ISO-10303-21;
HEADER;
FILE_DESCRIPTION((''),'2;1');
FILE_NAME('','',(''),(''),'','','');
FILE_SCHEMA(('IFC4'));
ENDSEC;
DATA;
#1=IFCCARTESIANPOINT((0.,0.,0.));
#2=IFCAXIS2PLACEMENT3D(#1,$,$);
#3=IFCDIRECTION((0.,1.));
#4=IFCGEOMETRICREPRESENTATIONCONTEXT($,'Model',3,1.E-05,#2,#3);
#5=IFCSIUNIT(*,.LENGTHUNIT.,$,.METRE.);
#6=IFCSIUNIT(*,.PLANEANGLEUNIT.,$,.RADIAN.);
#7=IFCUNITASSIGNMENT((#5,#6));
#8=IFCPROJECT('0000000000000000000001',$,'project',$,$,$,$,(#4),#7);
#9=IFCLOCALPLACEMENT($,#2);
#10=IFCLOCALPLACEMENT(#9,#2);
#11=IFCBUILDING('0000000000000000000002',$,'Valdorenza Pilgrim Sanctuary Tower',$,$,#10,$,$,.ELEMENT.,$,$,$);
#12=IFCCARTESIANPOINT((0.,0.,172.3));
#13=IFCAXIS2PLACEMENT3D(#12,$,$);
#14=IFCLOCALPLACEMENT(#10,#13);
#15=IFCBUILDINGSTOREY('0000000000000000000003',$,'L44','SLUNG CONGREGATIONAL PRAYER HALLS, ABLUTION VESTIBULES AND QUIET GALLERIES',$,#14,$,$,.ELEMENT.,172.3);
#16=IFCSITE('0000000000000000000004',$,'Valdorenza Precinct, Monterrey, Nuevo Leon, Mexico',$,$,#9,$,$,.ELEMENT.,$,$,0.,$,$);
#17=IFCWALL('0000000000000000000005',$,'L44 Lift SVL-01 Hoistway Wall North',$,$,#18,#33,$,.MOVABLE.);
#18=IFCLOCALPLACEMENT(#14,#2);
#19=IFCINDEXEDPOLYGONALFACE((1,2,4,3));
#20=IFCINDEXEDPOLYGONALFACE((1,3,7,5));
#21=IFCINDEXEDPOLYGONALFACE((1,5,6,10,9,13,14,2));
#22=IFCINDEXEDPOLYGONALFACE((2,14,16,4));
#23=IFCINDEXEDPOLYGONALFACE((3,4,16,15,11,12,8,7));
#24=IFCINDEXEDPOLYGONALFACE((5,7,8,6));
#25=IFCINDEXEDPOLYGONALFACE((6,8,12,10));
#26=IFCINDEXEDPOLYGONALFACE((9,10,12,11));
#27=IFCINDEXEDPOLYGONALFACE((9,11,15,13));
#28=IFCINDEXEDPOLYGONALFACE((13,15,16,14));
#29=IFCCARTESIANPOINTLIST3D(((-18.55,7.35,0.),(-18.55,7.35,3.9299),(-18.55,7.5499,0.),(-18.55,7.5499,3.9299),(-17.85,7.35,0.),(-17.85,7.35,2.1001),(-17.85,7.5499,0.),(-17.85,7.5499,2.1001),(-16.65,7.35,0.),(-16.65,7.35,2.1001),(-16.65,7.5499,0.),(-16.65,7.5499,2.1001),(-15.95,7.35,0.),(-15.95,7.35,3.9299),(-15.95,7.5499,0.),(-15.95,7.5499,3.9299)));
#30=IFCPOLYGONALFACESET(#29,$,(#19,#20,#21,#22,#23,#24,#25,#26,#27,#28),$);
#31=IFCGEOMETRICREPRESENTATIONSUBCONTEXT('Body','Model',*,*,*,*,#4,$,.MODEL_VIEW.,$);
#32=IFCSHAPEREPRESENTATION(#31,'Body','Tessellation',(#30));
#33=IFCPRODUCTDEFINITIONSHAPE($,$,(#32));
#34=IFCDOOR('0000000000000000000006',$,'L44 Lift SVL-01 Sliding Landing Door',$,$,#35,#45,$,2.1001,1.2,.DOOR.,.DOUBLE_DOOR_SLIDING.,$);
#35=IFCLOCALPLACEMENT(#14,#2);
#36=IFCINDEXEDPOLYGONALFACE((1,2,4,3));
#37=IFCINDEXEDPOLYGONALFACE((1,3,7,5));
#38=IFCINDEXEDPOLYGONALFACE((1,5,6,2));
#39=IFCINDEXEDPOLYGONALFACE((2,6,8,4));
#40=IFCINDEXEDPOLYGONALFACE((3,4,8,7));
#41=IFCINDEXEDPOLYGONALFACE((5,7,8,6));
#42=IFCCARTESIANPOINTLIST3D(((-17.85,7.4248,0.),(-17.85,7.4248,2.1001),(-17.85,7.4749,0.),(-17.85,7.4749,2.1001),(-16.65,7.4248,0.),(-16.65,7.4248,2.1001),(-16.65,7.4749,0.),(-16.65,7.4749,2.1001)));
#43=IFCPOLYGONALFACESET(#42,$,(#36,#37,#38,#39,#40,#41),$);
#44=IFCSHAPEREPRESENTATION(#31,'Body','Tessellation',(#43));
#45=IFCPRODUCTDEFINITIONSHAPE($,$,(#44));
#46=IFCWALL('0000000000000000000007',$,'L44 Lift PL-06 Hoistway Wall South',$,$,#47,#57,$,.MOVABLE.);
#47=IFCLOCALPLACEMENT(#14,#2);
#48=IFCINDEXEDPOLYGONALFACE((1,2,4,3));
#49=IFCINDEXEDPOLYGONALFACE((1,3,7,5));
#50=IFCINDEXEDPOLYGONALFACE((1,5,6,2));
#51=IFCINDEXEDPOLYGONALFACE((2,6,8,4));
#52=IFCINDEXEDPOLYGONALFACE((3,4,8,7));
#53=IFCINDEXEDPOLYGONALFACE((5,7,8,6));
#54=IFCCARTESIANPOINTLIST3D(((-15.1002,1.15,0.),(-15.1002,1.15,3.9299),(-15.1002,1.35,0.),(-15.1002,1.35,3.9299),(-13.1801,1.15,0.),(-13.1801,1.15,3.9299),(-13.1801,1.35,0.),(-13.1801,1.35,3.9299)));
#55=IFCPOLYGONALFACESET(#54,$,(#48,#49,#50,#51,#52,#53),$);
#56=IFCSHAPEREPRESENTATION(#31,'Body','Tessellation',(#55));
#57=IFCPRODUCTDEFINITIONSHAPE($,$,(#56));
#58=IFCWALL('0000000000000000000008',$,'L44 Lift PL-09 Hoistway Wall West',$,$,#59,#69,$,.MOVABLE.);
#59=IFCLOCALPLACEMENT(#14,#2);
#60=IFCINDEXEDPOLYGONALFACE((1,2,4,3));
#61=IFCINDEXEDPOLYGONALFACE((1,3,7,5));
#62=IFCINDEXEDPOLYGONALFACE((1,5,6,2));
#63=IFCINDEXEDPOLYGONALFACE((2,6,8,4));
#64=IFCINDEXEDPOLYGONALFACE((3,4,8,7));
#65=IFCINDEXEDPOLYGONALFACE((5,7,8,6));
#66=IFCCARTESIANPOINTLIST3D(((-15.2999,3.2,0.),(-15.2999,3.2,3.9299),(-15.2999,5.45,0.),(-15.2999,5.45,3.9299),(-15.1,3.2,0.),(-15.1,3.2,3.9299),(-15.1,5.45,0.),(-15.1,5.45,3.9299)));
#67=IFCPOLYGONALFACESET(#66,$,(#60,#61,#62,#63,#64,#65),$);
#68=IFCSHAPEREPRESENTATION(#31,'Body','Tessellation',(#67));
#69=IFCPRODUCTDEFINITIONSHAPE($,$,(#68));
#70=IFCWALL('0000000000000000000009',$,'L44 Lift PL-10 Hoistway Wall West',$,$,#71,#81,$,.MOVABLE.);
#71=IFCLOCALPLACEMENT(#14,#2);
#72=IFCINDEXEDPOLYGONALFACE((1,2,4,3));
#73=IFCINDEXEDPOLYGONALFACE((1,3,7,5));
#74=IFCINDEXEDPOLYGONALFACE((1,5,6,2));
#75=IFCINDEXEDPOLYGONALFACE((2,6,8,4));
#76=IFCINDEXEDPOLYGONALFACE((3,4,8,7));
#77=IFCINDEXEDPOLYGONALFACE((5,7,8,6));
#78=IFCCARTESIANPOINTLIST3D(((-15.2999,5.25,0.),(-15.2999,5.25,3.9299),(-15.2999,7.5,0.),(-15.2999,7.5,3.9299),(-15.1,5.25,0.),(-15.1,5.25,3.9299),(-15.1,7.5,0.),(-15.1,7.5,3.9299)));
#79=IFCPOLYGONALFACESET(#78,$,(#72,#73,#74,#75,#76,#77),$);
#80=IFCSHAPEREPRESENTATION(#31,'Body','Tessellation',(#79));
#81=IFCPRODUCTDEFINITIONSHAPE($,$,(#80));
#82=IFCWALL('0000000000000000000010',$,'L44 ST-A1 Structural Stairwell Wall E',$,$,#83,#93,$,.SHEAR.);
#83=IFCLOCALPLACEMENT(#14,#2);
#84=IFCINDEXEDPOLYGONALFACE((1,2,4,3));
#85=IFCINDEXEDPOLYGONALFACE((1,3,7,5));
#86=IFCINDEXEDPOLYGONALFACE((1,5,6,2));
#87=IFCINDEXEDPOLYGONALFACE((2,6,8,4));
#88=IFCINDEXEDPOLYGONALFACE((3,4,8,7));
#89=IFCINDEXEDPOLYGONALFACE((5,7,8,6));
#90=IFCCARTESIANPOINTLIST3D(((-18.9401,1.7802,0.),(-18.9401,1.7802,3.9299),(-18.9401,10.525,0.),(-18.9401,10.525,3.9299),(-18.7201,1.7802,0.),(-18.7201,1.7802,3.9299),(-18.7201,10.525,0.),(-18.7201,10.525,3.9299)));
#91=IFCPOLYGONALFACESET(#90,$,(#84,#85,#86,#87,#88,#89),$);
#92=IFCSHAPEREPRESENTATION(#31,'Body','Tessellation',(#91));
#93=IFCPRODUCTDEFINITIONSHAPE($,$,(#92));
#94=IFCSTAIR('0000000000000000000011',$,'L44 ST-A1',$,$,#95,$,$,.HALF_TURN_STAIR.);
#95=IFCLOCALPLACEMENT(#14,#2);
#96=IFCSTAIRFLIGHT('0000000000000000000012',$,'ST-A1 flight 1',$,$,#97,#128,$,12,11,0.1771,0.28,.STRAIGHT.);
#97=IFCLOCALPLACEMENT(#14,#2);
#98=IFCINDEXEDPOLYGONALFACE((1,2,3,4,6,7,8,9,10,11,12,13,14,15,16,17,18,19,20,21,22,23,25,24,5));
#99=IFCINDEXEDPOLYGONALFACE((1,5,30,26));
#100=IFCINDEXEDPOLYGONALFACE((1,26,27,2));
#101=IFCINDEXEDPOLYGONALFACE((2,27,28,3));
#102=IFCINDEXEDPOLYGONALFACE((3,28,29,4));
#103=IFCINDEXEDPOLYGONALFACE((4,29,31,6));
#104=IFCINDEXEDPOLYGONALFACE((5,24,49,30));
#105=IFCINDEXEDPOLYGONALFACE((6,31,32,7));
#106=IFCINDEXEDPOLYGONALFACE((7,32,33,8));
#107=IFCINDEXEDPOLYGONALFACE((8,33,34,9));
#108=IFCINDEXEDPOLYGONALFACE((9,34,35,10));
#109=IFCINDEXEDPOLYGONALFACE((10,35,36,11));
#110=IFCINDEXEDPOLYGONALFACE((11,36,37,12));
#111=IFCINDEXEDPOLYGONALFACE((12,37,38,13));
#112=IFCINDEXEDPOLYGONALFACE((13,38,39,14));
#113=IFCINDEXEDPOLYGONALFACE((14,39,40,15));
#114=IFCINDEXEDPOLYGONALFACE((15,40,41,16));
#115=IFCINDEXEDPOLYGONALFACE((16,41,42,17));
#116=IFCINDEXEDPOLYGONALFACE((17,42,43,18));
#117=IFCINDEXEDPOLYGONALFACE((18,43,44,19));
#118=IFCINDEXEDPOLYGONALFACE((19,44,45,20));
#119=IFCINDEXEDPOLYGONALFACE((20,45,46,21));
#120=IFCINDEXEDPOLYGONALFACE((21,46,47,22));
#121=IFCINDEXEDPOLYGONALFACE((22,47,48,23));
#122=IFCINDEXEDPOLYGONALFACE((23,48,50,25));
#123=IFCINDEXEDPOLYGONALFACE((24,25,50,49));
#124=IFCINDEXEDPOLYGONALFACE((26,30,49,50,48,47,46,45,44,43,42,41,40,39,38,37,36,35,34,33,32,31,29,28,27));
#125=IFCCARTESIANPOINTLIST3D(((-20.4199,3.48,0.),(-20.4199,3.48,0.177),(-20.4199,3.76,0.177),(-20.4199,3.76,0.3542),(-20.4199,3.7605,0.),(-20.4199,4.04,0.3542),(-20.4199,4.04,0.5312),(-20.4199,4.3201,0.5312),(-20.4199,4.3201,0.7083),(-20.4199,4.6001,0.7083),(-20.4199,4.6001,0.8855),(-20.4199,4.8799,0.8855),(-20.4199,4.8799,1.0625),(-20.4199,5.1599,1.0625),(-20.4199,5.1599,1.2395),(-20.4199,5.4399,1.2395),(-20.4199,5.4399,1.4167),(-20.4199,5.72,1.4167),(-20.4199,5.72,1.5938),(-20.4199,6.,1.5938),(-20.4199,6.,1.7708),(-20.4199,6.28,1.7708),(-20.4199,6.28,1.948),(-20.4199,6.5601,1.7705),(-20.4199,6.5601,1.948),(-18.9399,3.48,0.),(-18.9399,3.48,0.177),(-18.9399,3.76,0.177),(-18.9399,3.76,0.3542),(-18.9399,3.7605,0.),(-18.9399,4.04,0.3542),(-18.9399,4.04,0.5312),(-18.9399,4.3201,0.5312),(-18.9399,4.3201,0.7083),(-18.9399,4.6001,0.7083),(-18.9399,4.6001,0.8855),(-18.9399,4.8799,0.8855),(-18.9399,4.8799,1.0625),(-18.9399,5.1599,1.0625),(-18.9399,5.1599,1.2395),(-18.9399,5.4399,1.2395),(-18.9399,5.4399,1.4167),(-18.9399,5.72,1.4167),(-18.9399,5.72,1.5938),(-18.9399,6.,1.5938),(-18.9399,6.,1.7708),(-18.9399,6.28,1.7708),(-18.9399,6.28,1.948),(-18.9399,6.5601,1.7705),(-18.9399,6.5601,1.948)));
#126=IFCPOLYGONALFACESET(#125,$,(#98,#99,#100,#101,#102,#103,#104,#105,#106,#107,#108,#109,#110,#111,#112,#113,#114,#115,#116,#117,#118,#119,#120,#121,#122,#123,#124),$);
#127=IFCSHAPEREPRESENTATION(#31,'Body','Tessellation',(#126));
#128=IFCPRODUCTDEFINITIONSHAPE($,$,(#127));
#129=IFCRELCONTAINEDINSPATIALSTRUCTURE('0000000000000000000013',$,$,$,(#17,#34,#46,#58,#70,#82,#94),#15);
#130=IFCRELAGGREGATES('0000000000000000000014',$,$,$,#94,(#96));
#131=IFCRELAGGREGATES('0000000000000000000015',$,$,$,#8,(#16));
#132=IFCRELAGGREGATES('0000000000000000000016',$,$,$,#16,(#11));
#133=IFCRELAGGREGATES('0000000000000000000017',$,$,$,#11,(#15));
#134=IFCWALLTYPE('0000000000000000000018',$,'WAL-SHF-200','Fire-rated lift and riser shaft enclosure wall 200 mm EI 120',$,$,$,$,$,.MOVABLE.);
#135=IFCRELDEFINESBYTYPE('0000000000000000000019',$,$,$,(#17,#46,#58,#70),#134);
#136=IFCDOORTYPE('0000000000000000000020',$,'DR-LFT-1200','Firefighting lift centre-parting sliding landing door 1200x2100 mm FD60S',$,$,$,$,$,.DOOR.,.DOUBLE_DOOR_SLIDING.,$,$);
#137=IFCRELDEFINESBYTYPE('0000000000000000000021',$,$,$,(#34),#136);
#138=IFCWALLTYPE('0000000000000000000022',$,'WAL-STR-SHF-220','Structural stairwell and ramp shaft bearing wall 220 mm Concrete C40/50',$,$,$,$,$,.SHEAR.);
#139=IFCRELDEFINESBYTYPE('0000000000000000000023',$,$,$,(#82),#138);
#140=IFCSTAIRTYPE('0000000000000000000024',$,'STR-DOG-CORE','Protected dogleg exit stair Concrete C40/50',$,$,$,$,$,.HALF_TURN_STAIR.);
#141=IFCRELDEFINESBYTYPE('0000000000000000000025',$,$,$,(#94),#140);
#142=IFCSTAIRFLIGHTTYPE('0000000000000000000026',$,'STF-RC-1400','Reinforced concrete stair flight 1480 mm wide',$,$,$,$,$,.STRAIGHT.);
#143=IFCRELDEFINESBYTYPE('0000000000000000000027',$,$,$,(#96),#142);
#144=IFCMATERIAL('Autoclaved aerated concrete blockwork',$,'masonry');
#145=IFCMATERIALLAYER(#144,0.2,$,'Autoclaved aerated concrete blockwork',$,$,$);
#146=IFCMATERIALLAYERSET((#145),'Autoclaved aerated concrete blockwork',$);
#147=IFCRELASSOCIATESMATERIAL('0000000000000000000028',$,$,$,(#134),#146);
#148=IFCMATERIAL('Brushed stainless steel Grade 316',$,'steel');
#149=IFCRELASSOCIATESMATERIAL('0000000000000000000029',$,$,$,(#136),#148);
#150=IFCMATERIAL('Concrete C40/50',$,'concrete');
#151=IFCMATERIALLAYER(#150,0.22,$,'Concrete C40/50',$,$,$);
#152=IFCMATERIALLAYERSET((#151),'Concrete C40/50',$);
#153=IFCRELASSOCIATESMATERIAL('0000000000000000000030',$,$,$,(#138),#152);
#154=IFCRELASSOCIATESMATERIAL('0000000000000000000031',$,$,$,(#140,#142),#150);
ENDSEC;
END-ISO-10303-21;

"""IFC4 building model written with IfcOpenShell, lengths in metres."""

from ifc_helpers import new_model, si_unit, direction, frame, frame_2d, origin, place, context, subcontext, project, spatial, polyline, rectangle, outline, extrude, material, layer, layer_set, type_object, element, fill, aggregate, save


model = new_model("IFC4")

# Units and contexts
model_context = context("Model", 3, precision=1e-05, world=origin(), true_north=direction((0.0, 1.0)))
body_context = subcontext(model_context, "Body", "Model", "MODEL_VIEW")
ifc_project = project(units=[si_unit("LENGTHUNIT", "METRE"), si_unit("PLANEANGLEUNIT", "RADIAN")], contexts=[model_context])

# Site, building, storey
site_placement = place(None, origin())
site = spatial("IfcSite", under=ifc_project, at=site_placement, Name="Valdorenza Precinct, Monterrey, Nuevo Leon, Mexico", CompositionType="ELEMENT", RefElevation=0.0)
building_placement = place(site_placement, origin())
building = spatial("IfcBuilding", under=site, at=building_placement, Name="Valdorenza Pilgrim Sanctuary Tower", CompositionType="ELEMENT")
storey_placement = place(building_placement, frame((0.0, 0.0, 172.3)))
storey = spatial("IfcBuildingStorey", under=building, at=storey_placement, Name="L44", Description="SLUNG CONGREGATIONAL PRAYER HALLS, ABLUTION VESTIBULES AND QUIET GALLERIES", CompositionType="ELEMENT", Elevation=172.3)

# Shared definitions
ifc_material_1 = material(Name="Autoclaved aerated concrete blockwork", Category="masonry")
ifc_layer_1 = layer(ifc_material_1, 0.2, Name="Autoclaved aerated concrete blockwork")
ifc_layer_set_1 = layer_set([ifc_layer_1], Name="Autoclaved aerated concrete blockwork")
wall_type_1 = type_object("IfcWallType", Name="WAL-SHF-200", Description="Fire-rated lift and riser shaft enclosure wall 200 mm EI 120", PredefinedType="MOVABLE", material=ifc_layer_set_1)

# Shared definitions
ifc_material_2 = material(Name="Brushed stainless steel Grade 316", Category="steel")
door_type_1 = type_object("IfcDoorType", Name="DR-LFT-1200", Description="Firefighting lift centre-parting sliding landing door 1200x2100 mm FD60S", OperationType="DOUBLE_DOOR_SLIDING", PredefinedType="DOOR", material=ifc_material_2)

# Wall, opening, door
wall_1_placement = place(storey_placement, frame((-18.55, 7.45, 0.0), z_axis=(0.0, 0.0, 1.0), x_axis=(1.0, 0.0, 0.0)))
wall_1 = element("IfcWall", 1, at=wall_1_placement, inside=storey, type_object=wall_type_1, Name="L44 Lift SVL-01 Hoistway Wall North", PredefinedType="MOVABLE", context=body_context, shape_type="SweptSolid", body=[
    extrude(rectangle(XDim=2.6001, YDim=0.2, at=frame_2d((1.3, 0.0))), origin(), (0.0, 0.0, 1.0), 3.9299),
])
opening_1_placement = place(wall_1_placement, frame((0.7, 0.0, 0.0)))
opening_1 = element("IfcOpeningElement", 2, at=opening_1_placement, cuts=wall_1, PredefinedType="OPENING", context=body_context, shape_type="SweptSolid", body=[
    extrude(rectangle(XDim=1.2, YDim=2.1001, at=frame_2d((0.6001, 1.05))), frame((0.0, 0.1147, 0.0), z_axis=(0.0, -1.0, 0.0), x_axis=(1.0, 0.0, 0.0)), (0.0, 0.0, 1.0), 0.2297),
])
door_1_placement = place(opening_1_placement, origin())
door_1 = element("IfcDoor", 3, at=door_1_placement, inside=storey, type_object=door_type_1, Name="L44 Lift SVL-01 Sliding Landing Door", OperationType="DOUBLE_DOOR_SLIDING", OverallHeight=2.1001, OverallWidth=1.2, PredefinedType="DOOR", context=body_context, shape_type="SweptSolid", body=[
    extrude(rectangle(XDim=1.2, YDim=2.1001, at=frame_2d((0.6001, 1.05))), frame((0.0, 0.0249, 0.0), z_axis=(0.0, -1.0, 0.0), x_axis=(1.0, 0.0, 0.0)), (0.0, 0.0, 1.0), 0.05),
])
fill(opening_1, door_1)

# Walls
wall_2_placement = place(storey_placement, frame((-15.1001, 1.25, 0.0), z_axis=(0.0, 0.0, 1.0), x_axis=(1.0, 0.0, 0.0)))
element("IfcWall", 4, at=wall_2_placement, inside=storey, type_object=wall_type_1, Name="L44 Lift PL-06 Hoistway Wall South", PredefinedType="MOVABLE", context=body_context, shape_type="SweptSolid", body=[
    extrude(rectangle(XDim=1.9202, YDim=0.2, at=frame_2d((0.96, 0.0))), origin(), (0.0, 0.0, 1.0), 3.9299),
])
for number, where, z_axis, x_axis, name in (
    (5, (-15.2, 3.2, 0.0), (0.0, 0.0, 1.0), (0.0, 1.0, 0.0), "L44 Lift PL-09 Hoistway Wall West"),
    (6, (-15.2, 5.25, 0.0), (0.0, 0.0, 1.0), (0.0, 1.0, 0.0), "L44 Lift PL-10 Hoistway Wall West"),
):
    element("IfcWall", number, at=place(storey_placement, frame(where, z_axis=z_axis, x_axis=x_axis)), inside=storey, type_object=wall_type_1, Name=name, PredefinedType="MOVABLE", context=body_context, shape_type="SweptSolid", body=[
        extrude(rectangle(XDim=2.25, YDim=0.2, at=frame_2d((1.125, 0.0))), origin(), (0.0, 0.0, 1.0), 3.9299),
    ])
ifc_material_3 = material(Name="Concrete C40/50", Category="concrete")
ifc_layer_2 = layer(ifc_material_3, 0.22, Name="Concrete C40/50")
ifc_layer_set_2 = layer_set([ifc_layer_2], Name="Concrete C40/50")
wall_type_2 = type_object("IfcWallType", Name="WAL-STR-SHF-220", Description="Structural stairwell and ramp shaft bearing wall 220 mm Concrete C40/50", PredefinedType="SHEAR", material=ifc_layer_set_2)
wall_3_placement = place(storey_placement, frame((-18.8301, 1.78, 0.0), z_axis=(0.0, 0.0, 1.0), x_axis=(0.0, 1.0, 0.0)))
element("IfcWall", 7, at=wall_3_placement, inside=storey, type_object=wall_type_2, Name="L44 ST-A1 Structural Stairwell Wall E", PredefinedType="SHEAR", context=body_context, shape_type="SweptSolid", body=[
    extrude(rectangle(XDim=8.7449, YDim=0.22, at=frame_2d((4.3726, 0.0))), origin(), (0.0, 0.0, 1.0), 3.9299),
])

# Stair, stair flight
stair_type = type_object("IfcStairType", Name="STR-DOG-CORE", Description="Protected dogleg exit stair Concrete C40/50", PredefinedType="HALF_TURN_STAIR", material=ifc_material_3)
stair_placement = place(storey_placement, origin())
stair = element("IfcStair", 8, at=stair_placement, inside=storey, type_object=stair_type, Name="L44 ST-A1", PredefinedType="HALF_TURN_STAIR")
stair_flight_type = type_object("IfcStairFlightType", Name="STF-RC-1400", Description="Reinforced concrete stair flight 1480 mm wide", PredefinedType="STRAIGHT", material=ifc_material_3)
stair_flight_placement = place(storey_placement, frame((-19.6799, 3.48, 0.0), z_axis=(0.0, 0.0, 1.0), x_axis=(0.0, 1.0, 0.0)))
stair_flight = element("IfcStairFlight", 9, at=stair_flight_placement, type_object=stair_flight_type, Name="ST-A1 flight 1", NumberOfRisers=12, NumberOfTreads=11, PredefinedType="STRAIGHT", RiserHeight=0.1771, TreadLength=0.28, context=body_context, shape_type="SweptSolid", body=[
    extrude(outline(polyline([(0.0, 0.0), (0.0, 0.177), (0.28, 0.177), (0.28, 0.3542), (0.5601, 0.3542), (0.5601, 0.5312), (0.8401, 0.5312), (0.8401, 0.7083), (1.1201, 0.7083), (1.1201, 0.8855), (1.3999, 0.8855), (1.3999, 1.0625), (1.6799, 1.0625), (1.6799, 1.2395), (1.96, 1.2395), (1.96, 1.4167), (2.24, 1.4167), (2.24, 1.5938), (2.52, 1.5938), (2.52, 1.7708), (2.8, 1.7708), (2.8, 1.948), (3.0801, 1.948), (3.0801, 2.125), (3.0801, 1.7705), (0.2805, 0.0), (0.0, 0.0)])), frame((0.0, 0.74, 0.0), z_axis=(0.0, -1.0, 0.0), x_axis=(1.0, 0.0, 0.0)), (0.0, 0.0, 1.0), 1.48),
])
aggregate(stair, [stair_flight])

save(model, "model.ifc")
